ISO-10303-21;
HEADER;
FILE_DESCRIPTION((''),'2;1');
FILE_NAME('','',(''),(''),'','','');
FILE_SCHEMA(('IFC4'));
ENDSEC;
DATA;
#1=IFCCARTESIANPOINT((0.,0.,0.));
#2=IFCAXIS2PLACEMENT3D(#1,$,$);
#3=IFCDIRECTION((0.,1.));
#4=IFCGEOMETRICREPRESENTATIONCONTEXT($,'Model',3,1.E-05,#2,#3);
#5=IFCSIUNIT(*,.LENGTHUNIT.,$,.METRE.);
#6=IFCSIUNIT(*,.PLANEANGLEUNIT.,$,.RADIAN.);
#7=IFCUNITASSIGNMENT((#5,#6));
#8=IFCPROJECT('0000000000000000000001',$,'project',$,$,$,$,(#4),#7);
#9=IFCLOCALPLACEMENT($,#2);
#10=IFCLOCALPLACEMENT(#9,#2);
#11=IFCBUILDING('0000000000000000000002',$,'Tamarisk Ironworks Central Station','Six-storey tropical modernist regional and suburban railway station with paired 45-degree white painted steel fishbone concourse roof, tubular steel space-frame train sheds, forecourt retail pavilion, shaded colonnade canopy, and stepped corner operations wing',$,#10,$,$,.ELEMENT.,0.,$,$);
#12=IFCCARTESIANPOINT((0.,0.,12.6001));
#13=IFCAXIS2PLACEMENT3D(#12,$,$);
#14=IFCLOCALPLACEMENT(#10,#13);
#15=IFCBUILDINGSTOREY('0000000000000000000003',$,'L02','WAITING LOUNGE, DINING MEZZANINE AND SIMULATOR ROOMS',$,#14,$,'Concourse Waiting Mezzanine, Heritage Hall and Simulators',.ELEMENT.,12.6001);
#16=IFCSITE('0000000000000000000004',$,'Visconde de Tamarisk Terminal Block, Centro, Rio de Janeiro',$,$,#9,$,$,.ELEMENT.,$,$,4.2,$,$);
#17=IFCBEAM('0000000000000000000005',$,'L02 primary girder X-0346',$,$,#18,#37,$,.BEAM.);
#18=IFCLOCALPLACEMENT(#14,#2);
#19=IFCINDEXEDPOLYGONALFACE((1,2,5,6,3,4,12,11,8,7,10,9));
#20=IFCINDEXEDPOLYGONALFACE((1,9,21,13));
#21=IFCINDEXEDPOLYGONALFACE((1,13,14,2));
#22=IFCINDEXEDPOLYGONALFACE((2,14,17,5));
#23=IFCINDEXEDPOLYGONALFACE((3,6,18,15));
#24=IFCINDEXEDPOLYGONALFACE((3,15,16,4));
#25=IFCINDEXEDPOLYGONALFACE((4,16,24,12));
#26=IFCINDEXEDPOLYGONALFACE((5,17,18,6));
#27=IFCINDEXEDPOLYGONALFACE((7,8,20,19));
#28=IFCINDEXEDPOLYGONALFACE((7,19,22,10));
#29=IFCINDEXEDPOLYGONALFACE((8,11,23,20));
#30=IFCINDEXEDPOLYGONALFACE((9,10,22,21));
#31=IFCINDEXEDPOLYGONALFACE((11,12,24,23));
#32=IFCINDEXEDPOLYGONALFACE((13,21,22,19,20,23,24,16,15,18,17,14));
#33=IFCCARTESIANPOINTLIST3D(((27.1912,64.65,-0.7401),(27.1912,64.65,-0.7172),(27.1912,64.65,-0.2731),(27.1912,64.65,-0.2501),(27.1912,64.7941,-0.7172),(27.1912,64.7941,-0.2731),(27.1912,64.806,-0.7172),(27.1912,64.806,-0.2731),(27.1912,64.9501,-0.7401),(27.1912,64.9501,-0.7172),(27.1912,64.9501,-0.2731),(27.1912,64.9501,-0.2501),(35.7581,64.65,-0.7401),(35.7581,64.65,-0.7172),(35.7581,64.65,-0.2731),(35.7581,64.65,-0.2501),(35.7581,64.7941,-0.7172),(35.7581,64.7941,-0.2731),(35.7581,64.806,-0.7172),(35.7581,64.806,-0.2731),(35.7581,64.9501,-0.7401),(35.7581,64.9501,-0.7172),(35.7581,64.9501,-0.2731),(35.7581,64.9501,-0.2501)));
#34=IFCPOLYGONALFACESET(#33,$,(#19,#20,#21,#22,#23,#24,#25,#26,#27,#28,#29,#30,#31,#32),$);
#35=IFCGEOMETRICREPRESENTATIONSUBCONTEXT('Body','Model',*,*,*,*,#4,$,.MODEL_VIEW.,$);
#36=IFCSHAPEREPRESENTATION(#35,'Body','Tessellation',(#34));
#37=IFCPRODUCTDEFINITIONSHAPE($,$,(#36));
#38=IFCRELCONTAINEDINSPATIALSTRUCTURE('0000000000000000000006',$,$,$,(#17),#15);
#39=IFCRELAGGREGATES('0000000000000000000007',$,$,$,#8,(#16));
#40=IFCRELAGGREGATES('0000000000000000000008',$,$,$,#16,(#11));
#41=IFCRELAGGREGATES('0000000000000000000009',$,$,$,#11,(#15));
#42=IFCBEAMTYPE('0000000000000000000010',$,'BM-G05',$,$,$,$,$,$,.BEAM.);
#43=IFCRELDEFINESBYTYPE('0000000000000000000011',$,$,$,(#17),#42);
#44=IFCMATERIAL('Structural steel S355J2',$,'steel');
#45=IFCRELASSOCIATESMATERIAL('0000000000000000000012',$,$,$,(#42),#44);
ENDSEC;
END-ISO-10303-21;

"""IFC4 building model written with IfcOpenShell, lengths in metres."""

from ifc_helpers import new_model, si_unit, direction, frame, origin, origin_2d, place, context, subcontext, project, spatial, i_section, extrude, material, material_profile, profile_set, type_object, element, save


model = new_model("IFC4")

# Units and contexts
model_context = context("Model", 3, precision=1e-05, world=origin(), true_north=direction((0.0, 1.0)))
body_context = subcontext(model_context, "Body", "Model", "MODEL_VIEW")
ifc_project = project(units=[si_unit("LENGTHUNIT", "METRE"), si_unit("PLANEANGLEUNIT", "RADIAN")], contexts=[model_context])

# Site, building, storey
site_placement = place(None, origin())
site = spatial("IfcSite", under=ifc_project, at=site_placement, Name="Visconde de Tamarisk Terminal Block, Centro, Rio de Janeiro", CompositionType="ELEMENT", RefElevation=4.2)
building_placement = place(site_placement, origin())
building = spatial("IfcBuilding", under=site, at=building_placement, Name="Tamarisk Ironworks Central Station", Description="Six-storey tropical modernist regional and suburban railway station with paired 45-degree white painted steel fishbone concourse roof, tubular steel space-frame train sheds, forecourt retail pavilion, shaded colonnade canopy, and stepped corner operations wing", CompositionType="ELEMENT", ElevationOfRefHeight=0.0)
storey_placement = place(building_placement, frame((0.0, 0.0, 12.6001)))
storey = spatial("IfcBuildingStorey", under=building, at=storey_placement, Name="L02", Description="WAITING LOUNGE, DINING MEZZANINE AND SIMULATOR ROOMS", LongName="Concourse Waiting Mezzanine, Heritage Hall and Simulators", CompositionType="ELEMENT", Elevation=12.6001)

# Beam
ifc_material_1 = material(Name="Structural steel S355J2", Category="steel")
ifc_material_profile_1 = material_profile(ifc_material_1, i_section(OverallWidth=0.3, OverallDepth=0.49, WebThickness=0.012, FlangeThickness=0.0229, at=origin_2d()), Name="HEA 500")
ifc_profile_set_1 = profile_set([ifc_material_profile_1], Name="Structural steel S355J2")
beam_type_1 = type_object("IfcBeamType", Name="BM-G05", PredefinedType="BEAM", material=ifc_profile_set_1)
for number, where, z_axis, x_axis, name in (
    (1, (27.1912, 64.8, -0.4951), (1.0, 0.0, 0.0), (0.0, 1.0, 0.0), "L02 primary girder X-0346"),
):
    element("IfcBeam", number, at=place(storey_placement, frame(where, z_axis=z_axis, x_axis=x_axis)), inside=storey, type_object=beam_type_1, Name=name, PredefinedType="BEAM", context=body_context, shape_type="SweptSolid", body=[
        extrude(i_section(OverallWidth=0.3, OverallDepth=0.49, WebThickness=0.012, FlangeThickness=0.0229, at=origin_2d()), origin(), (0.0, 0.0, 1.0), 8.5669),
    ])

save(model, "model.ifc")
